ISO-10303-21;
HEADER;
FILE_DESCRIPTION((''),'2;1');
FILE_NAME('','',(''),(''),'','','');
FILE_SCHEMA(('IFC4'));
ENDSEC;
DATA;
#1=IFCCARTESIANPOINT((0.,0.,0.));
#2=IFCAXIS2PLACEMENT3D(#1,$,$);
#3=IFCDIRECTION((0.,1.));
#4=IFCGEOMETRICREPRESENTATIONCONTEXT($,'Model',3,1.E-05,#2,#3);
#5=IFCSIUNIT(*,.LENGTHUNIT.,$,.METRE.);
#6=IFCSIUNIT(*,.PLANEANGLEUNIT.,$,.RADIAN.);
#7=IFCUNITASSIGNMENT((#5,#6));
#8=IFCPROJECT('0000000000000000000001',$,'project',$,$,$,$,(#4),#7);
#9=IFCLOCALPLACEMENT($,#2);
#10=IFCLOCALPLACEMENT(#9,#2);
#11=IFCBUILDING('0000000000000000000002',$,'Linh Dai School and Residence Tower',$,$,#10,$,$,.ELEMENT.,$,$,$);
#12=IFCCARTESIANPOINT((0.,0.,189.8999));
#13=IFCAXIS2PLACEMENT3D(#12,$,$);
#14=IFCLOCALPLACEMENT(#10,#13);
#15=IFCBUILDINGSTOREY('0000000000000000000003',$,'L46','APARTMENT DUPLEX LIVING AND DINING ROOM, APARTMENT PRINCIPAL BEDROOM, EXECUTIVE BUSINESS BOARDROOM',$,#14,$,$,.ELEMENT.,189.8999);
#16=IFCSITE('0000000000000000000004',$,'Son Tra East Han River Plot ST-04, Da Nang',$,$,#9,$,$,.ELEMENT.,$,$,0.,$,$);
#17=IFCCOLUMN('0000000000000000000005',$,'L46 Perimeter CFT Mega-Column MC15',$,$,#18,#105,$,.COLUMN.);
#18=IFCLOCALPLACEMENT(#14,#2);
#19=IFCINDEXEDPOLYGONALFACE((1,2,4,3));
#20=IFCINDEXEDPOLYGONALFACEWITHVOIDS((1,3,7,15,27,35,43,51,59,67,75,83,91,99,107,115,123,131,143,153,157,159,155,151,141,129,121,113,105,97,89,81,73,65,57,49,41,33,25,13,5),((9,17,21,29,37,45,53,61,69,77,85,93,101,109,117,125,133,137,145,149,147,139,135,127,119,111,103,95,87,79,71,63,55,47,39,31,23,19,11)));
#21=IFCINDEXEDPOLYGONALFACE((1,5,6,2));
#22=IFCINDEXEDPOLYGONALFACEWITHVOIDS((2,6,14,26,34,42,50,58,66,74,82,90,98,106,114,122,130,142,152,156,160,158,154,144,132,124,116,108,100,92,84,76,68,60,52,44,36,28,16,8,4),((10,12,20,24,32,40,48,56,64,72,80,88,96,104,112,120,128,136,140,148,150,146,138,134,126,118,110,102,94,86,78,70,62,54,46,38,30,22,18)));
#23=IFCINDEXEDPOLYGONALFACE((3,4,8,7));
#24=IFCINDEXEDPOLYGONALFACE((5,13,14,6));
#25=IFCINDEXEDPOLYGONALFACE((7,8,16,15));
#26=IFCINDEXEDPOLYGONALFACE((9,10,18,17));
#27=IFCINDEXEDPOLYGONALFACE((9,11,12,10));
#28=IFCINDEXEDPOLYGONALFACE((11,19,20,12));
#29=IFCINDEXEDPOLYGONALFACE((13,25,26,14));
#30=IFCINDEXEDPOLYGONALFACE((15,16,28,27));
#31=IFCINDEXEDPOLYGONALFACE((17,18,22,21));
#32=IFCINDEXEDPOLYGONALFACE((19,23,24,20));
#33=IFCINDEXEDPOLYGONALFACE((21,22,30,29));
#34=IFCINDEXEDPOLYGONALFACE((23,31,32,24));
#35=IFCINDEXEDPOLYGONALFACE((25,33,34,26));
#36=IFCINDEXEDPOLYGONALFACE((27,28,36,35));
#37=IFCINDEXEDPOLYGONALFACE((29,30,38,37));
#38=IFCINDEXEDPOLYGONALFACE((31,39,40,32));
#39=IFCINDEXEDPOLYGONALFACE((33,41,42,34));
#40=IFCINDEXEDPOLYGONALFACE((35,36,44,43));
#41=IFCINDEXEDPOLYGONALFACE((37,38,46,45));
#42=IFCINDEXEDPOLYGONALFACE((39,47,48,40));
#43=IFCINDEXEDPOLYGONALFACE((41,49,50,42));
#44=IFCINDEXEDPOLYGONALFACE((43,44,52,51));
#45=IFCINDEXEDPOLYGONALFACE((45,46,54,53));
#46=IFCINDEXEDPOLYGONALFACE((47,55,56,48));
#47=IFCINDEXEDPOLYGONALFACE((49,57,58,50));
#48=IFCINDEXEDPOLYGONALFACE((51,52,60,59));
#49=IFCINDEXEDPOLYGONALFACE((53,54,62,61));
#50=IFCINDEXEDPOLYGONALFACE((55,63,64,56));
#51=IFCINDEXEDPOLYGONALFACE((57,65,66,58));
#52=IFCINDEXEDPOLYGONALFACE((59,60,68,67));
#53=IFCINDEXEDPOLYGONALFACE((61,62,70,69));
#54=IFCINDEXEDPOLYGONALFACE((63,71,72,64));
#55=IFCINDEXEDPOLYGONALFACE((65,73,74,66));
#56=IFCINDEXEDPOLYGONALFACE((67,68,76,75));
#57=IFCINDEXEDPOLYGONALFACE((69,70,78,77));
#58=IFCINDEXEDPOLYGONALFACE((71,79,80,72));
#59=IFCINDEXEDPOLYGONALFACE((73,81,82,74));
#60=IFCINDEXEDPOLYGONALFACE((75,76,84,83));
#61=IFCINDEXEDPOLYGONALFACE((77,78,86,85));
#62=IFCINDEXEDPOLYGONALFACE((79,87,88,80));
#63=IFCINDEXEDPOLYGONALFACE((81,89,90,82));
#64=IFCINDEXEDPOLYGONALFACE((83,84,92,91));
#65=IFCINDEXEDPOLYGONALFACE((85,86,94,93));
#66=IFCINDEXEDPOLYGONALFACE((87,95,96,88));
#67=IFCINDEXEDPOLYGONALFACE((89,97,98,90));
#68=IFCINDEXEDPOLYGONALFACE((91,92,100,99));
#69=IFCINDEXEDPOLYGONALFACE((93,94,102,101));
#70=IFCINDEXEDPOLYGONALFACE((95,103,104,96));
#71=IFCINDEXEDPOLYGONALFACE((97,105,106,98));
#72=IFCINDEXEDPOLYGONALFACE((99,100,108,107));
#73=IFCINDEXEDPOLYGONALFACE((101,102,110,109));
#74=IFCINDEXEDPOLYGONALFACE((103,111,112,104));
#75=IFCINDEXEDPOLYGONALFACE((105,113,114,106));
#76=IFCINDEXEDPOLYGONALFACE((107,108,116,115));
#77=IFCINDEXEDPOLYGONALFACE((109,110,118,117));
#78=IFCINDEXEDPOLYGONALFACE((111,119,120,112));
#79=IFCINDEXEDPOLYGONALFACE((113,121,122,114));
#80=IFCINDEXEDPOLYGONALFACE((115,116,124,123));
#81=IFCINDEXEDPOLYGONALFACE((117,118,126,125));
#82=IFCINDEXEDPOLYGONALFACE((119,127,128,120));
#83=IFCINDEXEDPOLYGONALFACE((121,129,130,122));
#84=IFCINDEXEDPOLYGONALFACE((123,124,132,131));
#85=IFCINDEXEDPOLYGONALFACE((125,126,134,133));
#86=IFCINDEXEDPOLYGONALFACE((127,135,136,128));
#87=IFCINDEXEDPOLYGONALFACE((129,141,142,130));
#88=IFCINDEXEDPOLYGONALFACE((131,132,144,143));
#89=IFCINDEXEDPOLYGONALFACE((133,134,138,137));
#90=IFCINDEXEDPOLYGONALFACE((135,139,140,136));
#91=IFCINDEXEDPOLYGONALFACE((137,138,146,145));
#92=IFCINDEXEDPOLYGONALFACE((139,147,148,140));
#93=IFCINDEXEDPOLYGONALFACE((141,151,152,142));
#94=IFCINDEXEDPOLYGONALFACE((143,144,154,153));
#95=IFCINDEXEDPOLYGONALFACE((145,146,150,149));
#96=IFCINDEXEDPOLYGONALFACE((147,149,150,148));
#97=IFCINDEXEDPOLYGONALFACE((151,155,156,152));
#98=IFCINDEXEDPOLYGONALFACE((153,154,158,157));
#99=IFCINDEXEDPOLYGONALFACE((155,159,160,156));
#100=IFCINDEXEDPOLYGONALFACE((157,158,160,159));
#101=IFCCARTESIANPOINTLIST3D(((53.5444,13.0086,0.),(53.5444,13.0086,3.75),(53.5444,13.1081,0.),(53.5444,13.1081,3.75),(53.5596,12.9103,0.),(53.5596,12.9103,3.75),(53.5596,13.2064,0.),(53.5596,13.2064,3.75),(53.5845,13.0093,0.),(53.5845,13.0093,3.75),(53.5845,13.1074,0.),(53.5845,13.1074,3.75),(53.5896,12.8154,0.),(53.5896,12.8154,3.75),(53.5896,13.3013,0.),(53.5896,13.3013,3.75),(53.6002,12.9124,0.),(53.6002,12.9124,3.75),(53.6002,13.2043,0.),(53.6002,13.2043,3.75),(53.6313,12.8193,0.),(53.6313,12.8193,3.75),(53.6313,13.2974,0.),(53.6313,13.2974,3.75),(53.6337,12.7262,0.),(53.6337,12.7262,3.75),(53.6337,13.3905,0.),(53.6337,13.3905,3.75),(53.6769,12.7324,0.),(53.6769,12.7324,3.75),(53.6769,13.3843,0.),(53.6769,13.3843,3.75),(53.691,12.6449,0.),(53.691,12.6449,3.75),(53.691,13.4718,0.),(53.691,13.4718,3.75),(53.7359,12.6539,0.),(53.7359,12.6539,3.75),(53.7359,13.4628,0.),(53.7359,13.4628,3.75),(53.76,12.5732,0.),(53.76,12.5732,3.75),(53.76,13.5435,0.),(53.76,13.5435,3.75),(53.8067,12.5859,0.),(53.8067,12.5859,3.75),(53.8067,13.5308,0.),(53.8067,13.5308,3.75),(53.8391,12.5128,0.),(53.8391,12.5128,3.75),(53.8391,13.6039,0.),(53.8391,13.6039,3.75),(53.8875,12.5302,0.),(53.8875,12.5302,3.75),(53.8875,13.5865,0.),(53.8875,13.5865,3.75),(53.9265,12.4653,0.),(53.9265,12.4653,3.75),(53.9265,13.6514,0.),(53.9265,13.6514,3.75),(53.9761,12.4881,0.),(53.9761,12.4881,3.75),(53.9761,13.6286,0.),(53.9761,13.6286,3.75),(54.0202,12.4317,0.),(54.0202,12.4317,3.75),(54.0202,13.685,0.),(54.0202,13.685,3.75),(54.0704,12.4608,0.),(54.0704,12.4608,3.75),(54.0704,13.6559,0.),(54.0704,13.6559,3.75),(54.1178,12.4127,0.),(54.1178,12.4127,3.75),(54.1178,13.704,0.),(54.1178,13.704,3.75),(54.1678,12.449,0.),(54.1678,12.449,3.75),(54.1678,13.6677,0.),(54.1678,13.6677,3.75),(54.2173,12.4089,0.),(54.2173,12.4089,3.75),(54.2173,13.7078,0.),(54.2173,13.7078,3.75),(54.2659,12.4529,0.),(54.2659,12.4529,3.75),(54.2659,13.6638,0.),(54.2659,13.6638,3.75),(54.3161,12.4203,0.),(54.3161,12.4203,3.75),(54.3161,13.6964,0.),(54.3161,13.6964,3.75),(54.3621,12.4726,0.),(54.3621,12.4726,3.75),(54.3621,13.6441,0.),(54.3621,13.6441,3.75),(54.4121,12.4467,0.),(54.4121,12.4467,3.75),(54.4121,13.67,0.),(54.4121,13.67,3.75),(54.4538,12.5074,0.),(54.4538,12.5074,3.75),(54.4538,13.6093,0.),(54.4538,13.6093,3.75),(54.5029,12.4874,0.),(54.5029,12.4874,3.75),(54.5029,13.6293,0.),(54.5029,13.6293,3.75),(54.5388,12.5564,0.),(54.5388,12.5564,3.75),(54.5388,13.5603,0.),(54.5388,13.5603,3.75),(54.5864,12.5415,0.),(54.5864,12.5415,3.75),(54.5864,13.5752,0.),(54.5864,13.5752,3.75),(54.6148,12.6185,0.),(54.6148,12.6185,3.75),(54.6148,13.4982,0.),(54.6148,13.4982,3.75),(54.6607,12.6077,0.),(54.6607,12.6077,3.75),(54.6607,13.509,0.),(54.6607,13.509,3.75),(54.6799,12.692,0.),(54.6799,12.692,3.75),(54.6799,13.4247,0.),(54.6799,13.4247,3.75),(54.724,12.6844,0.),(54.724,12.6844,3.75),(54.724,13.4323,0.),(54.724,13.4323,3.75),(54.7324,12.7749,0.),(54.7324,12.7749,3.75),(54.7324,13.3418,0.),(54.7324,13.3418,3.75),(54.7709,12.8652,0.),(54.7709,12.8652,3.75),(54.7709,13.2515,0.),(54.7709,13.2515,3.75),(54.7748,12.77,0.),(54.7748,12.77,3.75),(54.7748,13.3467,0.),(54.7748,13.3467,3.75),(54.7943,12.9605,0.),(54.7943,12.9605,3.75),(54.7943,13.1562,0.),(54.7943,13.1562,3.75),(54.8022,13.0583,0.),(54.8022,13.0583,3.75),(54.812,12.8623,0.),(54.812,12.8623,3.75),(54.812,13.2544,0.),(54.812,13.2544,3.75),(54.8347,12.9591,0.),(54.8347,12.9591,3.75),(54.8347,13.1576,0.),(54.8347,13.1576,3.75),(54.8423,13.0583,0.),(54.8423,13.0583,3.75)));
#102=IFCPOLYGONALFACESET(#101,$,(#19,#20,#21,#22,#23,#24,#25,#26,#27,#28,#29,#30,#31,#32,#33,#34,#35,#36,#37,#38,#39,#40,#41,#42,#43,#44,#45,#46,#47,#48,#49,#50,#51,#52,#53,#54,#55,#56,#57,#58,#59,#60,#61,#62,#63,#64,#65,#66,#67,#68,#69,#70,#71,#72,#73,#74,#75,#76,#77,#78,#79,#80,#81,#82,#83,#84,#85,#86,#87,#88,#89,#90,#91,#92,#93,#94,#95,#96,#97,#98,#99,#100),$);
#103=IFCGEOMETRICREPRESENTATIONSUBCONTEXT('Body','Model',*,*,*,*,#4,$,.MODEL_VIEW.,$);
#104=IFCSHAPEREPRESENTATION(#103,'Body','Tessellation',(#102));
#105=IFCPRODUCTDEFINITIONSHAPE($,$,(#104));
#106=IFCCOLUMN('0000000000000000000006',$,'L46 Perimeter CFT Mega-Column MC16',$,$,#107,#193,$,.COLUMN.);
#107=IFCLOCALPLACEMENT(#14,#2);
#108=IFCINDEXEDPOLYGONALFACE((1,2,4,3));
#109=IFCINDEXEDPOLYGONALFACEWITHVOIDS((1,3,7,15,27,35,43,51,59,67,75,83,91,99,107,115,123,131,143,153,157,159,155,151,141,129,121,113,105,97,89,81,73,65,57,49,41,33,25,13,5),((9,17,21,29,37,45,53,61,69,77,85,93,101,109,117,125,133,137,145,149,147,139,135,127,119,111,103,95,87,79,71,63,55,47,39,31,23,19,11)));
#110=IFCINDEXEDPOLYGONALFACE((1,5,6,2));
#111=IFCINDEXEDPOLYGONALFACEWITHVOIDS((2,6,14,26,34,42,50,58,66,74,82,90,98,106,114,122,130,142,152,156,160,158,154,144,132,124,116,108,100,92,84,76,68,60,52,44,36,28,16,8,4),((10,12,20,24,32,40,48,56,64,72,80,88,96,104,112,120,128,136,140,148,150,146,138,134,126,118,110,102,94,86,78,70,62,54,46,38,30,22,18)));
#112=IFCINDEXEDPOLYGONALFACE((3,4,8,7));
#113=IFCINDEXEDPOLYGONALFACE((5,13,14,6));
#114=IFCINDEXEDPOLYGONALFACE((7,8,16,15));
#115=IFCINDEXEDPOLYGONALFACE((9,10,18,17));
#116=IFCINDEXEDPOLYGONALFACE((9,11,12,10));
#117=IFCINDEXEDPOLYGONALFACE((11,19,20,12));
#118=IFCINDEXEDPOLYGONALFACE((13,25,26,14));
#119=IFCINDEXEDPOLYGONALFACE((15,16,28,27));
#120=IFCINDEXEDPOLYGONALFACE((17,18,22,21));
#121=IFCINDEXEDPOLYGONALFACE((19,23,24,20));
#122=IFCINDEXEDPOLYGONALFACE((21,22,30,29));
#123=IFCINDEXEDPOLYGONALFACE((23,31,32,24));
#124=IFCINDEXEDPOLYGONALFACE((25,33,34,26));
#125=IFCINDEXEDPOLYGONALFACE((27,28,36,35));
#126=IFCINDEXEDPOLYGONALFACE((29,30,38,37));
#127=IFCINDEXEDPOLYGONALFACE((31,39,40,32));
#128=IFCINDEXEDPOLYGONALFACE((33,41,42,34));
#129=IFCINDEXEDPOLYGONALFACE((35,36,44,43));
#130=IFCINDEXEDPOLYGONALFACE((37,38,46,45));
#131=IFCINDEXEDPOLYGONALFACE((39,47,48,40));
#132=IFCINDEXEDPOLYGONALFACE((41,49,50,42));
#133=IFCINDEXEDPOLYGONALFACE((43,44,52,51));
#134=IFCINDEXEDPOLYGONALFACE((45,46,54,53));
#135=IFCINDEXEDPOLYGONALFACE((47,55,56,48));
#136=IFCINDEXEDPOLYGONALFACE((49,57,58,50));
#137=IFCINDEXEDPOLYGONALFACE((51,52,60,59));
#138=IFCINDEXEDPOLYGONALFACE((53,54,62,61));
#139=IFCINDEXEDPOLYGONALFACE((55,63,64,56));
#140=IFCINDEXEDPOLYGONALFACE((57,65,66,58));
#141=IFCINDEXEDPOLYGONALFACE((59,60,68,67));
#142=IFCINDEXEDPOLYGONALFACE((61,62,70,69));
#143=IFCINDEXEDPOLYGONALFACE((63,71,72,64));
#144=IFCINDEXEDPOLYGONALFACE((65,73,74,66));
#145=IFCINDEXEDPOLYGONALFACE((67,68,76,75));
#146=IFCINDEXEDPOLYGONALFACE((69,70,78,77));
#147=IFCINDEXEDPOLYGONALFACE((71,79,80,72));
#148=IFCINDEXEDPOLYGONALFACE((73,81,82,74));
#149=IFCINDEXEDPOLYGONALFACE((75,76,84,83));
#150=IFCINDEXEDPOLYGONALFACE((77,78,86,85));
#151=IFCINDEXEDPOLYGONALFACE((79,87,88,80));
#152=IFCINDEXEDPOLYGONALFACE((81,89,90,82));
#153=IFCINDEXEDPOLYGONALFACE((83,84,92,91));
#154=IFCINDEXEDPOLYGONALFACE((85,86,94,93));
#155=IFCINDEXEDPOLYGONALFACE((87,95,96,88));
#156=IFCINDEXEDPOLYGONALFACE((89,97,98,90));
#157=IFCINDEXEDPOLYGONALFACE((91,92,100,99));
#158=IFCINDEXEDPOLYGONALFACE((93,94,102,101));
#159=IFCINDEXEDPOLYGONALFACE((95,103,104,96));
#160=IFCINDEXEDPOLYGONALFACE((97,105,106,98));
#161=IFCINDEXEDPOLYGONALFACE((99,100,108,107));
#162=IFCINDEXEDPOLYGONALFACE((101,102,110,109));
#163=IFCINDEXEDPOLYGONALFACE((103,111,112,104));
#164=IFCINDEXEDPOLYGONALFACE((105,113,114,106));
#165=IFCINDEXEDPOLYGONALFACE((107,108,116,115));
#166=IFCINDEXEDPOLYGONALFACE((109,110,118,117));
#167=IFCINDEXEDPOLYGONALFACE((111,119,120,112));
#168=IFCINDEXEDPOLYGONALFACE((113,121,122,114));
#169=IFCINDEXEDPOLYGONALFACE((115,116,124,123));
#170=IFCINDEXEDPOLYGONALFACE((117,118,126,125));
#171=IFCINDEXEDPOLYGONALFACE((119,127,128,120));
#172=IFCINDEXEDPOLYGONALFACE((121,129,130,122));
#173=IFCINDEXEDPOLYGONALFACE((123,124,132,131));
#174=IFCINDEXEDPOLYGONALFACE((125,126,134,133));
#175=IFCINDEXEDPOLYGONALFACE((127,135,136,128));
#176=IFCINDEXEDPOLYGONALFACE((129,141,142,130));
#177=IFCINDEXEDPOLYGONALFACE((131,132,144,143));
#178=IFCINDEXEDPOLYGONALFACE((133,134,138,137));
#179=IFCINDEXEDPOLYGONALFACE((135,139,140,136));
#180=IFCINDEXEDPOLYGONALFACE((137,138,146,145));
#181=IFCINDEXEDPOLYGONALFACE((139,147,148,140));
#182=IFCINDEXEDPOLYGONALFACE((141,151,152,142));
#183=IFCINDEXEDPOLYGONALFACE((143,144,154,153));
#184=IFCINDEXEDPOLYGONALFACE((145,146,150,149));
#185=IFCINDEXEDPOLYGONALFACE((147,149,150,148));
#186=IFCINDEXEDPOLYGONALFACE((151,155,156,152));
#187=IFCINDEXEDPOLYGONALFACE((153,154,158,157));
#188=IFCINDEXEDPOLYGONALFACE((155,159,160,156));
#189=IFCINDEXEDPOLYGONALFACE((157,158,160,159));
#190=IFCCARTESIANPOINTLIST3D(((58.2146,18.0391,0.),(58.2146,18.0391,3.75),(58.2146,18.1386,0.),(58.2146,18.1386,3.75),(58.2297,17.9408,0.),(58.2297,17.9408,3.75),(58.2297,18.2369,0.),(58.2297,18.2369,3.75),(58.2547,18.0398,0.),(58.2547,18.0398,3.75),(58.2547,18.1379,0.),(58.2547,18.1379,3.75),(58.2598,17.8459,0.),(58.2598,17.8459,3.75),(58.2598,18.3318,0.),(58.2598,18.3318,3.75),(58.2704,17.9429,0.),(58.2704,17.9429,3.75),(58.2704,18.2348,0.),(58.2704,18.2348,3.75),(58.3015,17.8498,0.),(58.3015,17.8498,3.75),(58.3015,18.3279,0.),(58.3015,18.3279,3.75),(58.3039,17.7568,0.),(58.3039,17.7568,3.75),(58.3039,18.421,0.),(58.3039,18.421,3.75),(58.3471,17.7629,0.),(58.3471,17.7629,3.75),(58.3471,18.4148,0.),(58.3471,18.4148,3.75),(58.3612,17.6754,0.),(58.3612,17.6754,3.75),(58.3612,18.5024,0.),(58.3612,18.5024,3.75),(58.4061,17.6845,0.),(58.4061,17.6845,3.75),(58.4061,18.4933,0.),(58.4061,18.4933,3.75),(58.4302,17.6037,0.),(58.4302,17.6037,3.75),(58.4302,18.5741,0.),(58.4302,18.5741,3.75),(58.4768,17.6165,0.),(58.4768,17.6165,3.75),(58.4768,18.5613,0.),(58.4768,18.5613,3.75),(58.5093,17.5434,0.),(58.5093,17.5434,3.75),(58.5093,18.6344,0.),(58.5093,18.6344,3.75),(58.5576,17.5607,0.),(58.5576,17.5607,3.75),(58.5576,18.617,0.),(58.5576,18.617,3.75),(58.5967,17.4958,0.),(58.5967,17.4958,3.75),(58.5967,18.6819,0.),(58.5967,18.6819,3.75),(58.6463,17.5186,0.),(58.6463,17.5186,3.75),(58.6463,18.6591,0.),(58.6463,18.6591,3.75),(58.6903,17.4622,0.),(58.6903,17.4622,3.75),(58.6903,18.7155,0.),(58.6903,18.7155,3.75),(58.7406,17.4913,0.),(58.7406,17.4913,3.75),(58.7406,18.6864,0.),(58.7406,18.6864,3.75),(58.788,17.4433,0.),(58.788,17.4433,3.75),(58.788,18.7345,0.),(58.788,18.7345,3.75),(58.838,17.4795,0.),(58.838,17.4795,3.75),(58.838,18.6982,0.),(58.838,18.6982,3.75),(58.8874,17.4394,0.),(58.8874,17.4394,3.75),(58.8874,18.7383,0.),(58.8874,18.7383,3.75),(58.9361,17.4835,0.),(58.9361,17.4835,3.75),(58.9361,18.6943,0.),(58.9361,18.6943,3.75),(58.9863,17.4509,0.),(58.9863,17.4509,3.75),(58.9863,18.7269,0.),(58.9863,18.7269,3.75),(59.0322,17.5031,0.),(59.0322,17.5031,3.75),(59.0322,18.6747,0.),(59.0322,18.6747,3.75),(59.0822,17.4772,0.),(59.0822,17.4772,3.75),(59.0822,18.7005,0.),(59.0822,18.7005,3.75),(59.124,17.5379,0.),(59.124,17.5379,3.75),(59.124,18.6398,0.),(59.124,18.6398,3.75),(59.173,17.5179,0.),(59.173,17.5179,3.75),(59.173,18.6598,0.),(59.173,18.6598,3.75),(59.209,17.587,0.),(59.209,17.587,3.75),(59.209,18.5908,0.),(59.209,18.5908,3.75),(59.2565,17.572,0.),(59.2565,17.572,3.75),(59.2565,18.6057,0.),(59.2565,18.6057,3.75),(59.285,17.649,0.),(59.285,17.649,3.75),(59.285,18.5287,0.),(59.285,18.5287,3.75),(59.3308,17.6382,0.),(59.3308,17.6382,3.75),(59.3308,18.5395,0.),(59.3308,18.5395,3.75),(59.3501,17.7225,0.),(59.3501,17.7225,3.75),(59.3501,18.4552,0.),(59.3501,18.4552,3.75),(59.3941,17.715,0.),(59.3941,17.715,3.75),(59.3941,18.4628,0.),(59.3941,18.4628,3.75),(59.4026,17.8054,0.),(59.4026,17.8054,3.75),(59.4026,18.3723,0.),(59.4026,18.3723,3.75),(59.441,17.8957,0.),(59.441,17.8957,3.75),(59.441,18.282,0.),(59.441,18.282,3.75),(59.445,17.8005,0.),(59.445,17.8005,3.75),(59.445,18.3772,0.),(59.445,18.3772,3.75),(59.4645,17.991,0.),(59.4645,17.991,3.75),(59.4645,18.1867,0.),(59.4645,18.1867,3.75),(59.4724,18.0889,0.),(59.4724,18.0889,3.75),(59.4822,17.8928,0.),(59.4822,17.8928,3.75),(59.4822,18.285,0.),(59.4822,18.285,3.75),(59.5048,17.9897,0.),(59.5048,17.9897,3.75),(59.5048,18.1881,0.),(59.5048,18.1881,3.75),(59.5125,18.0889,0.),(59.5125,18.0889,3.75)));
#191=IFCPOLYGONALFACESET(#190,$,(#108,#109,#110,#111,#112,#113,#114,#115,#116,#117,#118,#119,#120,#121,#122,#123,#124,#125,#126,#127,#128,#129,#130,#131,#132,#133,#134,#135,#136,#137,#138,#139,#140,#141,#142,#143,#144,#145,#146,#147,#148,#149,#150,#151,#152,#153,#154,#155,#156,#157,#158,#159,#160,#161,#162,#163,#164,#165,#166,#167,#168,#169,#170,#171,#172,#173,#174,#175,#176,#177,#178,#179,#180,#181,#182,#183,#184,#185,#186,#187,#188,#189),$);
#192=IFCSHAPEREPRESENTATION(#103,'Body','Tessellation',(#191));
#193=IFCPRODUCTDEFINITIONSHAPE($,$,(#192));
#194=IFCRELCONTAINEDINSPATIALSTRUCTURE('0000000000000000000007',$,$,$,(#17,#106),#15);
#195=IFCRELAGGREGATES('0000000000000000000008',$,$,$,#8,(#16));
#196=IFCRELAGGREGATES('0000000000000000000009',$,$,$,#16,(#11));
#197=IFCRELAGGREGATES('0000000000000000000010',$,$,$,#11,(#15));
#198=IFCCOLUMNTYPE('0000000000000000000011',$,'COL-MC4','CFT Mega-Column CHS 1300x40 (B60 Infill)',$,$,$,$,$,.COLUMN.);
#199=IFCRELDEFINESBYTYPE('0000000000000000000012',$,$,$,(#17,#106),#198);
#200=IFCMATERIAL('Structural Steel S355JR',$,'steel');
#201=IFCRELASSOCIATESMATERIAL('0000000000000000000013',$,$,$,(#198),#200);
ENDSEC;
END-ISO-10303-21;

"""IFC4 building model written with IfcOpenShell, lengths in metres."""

from ifc_helpers import new_model, si_unit, direction, frame, origin, origin_2d, place, context, subcontext, project, spatial, hollow_circle, extrude, material, material_profile, profile_set, type_object, element, save


model = new_model("IFC4")

# Units and contexts
model_context = context("Model", 3, precision=1e-05, world=origin(), true_north=direction((0.0, 1.0)))
body_context = subcontext(model_context, "Body", "Model", "MODEL_VIEW")
ifc_project = project(units=[si_unit("LENGTHUNIT", "METRE"), si_unit("PLANEANGLEUNIT", "RADIAN")], contexts=[model_context])

# Site, building, storey
site_placement = place(None, origin())
site = spatial("IfcSite", under=ifc_project, at=site_placement, Name="Son Tra East Han River Plot ST-04, Da Nang", CompositionType="ELEMENT", RefElevation=0.0)
building_placement = place(site_placement, origin())
building = spatial("IfcBuilding", under=site, at=building_placement, Name="Linh Dai School and Residence Tower", CompositionType="ELEMENT")
storey_placement = place(building_placement, frame((0.0, 0.0, 189.8999)))
storey = spatial("IfcBuildingStorey", under=building, at=storey_placement, Name="L46", Description="APARTMENT DUPLEX LIVING AND DINING ROOM, APARTMENT PRINCIPAL BEDROOM, EXECUTIVE BUSINESS BOARDROOM", CompositionType="ELEMENT", Elevation=189.8999)

# Columns
ifc_material_1 = material(Name="Structural Steel S355JR", Category="steel")
ifc_material_profile_1 = material_profile(ifc_material_1, hollow_circle(Radius=0.6499, WallThickness=0.04, at=origin_2d()), Name="CHS 1300x40")
ifc_profile_set_1 = profile_set([ifc_material_profile_1], Name="Structural Steel S355JR")
column_type = type_object("IfcColumnType", Name="COL-MC4", Description="CFT Mega-Column CHS 1300x40 (B60 Infill)", PredefinedType="COLUMN", material=ifc_profile_set_1)
for number, where, z_axis, x_axis, name in (
    (1, (54.1924, 13.0583, 0.0), (0.0, 0.0, 1.0), (1.0, 0.0, 0.0), "L46 Perimeter CFT Mega-Column MC15"),
    (2, (58.8625, 18.0889, 0.0), (0.0, 0.0, 1.0), (1.0, 0.0, 0.0), "L46 Perimeter CFT Mega-Column MC16"),
):
    element("IfcColumn", number, at=place(storey_placement, frame(where, z_axis=z_axis, x_axis=x_axis)), inside=storey, type_object=column_type, Name=name, PredefinedType="COLUMN", context=body_context, shape_type="SweptSolid", body=[
        extrude(hollow_circle(Radius=0.6499, WallThickness=0.04, at=origin_2d()), origin(), (0.0, 0.0, 1.0), 3.75),
    ])

save(model, "model.ifc")
